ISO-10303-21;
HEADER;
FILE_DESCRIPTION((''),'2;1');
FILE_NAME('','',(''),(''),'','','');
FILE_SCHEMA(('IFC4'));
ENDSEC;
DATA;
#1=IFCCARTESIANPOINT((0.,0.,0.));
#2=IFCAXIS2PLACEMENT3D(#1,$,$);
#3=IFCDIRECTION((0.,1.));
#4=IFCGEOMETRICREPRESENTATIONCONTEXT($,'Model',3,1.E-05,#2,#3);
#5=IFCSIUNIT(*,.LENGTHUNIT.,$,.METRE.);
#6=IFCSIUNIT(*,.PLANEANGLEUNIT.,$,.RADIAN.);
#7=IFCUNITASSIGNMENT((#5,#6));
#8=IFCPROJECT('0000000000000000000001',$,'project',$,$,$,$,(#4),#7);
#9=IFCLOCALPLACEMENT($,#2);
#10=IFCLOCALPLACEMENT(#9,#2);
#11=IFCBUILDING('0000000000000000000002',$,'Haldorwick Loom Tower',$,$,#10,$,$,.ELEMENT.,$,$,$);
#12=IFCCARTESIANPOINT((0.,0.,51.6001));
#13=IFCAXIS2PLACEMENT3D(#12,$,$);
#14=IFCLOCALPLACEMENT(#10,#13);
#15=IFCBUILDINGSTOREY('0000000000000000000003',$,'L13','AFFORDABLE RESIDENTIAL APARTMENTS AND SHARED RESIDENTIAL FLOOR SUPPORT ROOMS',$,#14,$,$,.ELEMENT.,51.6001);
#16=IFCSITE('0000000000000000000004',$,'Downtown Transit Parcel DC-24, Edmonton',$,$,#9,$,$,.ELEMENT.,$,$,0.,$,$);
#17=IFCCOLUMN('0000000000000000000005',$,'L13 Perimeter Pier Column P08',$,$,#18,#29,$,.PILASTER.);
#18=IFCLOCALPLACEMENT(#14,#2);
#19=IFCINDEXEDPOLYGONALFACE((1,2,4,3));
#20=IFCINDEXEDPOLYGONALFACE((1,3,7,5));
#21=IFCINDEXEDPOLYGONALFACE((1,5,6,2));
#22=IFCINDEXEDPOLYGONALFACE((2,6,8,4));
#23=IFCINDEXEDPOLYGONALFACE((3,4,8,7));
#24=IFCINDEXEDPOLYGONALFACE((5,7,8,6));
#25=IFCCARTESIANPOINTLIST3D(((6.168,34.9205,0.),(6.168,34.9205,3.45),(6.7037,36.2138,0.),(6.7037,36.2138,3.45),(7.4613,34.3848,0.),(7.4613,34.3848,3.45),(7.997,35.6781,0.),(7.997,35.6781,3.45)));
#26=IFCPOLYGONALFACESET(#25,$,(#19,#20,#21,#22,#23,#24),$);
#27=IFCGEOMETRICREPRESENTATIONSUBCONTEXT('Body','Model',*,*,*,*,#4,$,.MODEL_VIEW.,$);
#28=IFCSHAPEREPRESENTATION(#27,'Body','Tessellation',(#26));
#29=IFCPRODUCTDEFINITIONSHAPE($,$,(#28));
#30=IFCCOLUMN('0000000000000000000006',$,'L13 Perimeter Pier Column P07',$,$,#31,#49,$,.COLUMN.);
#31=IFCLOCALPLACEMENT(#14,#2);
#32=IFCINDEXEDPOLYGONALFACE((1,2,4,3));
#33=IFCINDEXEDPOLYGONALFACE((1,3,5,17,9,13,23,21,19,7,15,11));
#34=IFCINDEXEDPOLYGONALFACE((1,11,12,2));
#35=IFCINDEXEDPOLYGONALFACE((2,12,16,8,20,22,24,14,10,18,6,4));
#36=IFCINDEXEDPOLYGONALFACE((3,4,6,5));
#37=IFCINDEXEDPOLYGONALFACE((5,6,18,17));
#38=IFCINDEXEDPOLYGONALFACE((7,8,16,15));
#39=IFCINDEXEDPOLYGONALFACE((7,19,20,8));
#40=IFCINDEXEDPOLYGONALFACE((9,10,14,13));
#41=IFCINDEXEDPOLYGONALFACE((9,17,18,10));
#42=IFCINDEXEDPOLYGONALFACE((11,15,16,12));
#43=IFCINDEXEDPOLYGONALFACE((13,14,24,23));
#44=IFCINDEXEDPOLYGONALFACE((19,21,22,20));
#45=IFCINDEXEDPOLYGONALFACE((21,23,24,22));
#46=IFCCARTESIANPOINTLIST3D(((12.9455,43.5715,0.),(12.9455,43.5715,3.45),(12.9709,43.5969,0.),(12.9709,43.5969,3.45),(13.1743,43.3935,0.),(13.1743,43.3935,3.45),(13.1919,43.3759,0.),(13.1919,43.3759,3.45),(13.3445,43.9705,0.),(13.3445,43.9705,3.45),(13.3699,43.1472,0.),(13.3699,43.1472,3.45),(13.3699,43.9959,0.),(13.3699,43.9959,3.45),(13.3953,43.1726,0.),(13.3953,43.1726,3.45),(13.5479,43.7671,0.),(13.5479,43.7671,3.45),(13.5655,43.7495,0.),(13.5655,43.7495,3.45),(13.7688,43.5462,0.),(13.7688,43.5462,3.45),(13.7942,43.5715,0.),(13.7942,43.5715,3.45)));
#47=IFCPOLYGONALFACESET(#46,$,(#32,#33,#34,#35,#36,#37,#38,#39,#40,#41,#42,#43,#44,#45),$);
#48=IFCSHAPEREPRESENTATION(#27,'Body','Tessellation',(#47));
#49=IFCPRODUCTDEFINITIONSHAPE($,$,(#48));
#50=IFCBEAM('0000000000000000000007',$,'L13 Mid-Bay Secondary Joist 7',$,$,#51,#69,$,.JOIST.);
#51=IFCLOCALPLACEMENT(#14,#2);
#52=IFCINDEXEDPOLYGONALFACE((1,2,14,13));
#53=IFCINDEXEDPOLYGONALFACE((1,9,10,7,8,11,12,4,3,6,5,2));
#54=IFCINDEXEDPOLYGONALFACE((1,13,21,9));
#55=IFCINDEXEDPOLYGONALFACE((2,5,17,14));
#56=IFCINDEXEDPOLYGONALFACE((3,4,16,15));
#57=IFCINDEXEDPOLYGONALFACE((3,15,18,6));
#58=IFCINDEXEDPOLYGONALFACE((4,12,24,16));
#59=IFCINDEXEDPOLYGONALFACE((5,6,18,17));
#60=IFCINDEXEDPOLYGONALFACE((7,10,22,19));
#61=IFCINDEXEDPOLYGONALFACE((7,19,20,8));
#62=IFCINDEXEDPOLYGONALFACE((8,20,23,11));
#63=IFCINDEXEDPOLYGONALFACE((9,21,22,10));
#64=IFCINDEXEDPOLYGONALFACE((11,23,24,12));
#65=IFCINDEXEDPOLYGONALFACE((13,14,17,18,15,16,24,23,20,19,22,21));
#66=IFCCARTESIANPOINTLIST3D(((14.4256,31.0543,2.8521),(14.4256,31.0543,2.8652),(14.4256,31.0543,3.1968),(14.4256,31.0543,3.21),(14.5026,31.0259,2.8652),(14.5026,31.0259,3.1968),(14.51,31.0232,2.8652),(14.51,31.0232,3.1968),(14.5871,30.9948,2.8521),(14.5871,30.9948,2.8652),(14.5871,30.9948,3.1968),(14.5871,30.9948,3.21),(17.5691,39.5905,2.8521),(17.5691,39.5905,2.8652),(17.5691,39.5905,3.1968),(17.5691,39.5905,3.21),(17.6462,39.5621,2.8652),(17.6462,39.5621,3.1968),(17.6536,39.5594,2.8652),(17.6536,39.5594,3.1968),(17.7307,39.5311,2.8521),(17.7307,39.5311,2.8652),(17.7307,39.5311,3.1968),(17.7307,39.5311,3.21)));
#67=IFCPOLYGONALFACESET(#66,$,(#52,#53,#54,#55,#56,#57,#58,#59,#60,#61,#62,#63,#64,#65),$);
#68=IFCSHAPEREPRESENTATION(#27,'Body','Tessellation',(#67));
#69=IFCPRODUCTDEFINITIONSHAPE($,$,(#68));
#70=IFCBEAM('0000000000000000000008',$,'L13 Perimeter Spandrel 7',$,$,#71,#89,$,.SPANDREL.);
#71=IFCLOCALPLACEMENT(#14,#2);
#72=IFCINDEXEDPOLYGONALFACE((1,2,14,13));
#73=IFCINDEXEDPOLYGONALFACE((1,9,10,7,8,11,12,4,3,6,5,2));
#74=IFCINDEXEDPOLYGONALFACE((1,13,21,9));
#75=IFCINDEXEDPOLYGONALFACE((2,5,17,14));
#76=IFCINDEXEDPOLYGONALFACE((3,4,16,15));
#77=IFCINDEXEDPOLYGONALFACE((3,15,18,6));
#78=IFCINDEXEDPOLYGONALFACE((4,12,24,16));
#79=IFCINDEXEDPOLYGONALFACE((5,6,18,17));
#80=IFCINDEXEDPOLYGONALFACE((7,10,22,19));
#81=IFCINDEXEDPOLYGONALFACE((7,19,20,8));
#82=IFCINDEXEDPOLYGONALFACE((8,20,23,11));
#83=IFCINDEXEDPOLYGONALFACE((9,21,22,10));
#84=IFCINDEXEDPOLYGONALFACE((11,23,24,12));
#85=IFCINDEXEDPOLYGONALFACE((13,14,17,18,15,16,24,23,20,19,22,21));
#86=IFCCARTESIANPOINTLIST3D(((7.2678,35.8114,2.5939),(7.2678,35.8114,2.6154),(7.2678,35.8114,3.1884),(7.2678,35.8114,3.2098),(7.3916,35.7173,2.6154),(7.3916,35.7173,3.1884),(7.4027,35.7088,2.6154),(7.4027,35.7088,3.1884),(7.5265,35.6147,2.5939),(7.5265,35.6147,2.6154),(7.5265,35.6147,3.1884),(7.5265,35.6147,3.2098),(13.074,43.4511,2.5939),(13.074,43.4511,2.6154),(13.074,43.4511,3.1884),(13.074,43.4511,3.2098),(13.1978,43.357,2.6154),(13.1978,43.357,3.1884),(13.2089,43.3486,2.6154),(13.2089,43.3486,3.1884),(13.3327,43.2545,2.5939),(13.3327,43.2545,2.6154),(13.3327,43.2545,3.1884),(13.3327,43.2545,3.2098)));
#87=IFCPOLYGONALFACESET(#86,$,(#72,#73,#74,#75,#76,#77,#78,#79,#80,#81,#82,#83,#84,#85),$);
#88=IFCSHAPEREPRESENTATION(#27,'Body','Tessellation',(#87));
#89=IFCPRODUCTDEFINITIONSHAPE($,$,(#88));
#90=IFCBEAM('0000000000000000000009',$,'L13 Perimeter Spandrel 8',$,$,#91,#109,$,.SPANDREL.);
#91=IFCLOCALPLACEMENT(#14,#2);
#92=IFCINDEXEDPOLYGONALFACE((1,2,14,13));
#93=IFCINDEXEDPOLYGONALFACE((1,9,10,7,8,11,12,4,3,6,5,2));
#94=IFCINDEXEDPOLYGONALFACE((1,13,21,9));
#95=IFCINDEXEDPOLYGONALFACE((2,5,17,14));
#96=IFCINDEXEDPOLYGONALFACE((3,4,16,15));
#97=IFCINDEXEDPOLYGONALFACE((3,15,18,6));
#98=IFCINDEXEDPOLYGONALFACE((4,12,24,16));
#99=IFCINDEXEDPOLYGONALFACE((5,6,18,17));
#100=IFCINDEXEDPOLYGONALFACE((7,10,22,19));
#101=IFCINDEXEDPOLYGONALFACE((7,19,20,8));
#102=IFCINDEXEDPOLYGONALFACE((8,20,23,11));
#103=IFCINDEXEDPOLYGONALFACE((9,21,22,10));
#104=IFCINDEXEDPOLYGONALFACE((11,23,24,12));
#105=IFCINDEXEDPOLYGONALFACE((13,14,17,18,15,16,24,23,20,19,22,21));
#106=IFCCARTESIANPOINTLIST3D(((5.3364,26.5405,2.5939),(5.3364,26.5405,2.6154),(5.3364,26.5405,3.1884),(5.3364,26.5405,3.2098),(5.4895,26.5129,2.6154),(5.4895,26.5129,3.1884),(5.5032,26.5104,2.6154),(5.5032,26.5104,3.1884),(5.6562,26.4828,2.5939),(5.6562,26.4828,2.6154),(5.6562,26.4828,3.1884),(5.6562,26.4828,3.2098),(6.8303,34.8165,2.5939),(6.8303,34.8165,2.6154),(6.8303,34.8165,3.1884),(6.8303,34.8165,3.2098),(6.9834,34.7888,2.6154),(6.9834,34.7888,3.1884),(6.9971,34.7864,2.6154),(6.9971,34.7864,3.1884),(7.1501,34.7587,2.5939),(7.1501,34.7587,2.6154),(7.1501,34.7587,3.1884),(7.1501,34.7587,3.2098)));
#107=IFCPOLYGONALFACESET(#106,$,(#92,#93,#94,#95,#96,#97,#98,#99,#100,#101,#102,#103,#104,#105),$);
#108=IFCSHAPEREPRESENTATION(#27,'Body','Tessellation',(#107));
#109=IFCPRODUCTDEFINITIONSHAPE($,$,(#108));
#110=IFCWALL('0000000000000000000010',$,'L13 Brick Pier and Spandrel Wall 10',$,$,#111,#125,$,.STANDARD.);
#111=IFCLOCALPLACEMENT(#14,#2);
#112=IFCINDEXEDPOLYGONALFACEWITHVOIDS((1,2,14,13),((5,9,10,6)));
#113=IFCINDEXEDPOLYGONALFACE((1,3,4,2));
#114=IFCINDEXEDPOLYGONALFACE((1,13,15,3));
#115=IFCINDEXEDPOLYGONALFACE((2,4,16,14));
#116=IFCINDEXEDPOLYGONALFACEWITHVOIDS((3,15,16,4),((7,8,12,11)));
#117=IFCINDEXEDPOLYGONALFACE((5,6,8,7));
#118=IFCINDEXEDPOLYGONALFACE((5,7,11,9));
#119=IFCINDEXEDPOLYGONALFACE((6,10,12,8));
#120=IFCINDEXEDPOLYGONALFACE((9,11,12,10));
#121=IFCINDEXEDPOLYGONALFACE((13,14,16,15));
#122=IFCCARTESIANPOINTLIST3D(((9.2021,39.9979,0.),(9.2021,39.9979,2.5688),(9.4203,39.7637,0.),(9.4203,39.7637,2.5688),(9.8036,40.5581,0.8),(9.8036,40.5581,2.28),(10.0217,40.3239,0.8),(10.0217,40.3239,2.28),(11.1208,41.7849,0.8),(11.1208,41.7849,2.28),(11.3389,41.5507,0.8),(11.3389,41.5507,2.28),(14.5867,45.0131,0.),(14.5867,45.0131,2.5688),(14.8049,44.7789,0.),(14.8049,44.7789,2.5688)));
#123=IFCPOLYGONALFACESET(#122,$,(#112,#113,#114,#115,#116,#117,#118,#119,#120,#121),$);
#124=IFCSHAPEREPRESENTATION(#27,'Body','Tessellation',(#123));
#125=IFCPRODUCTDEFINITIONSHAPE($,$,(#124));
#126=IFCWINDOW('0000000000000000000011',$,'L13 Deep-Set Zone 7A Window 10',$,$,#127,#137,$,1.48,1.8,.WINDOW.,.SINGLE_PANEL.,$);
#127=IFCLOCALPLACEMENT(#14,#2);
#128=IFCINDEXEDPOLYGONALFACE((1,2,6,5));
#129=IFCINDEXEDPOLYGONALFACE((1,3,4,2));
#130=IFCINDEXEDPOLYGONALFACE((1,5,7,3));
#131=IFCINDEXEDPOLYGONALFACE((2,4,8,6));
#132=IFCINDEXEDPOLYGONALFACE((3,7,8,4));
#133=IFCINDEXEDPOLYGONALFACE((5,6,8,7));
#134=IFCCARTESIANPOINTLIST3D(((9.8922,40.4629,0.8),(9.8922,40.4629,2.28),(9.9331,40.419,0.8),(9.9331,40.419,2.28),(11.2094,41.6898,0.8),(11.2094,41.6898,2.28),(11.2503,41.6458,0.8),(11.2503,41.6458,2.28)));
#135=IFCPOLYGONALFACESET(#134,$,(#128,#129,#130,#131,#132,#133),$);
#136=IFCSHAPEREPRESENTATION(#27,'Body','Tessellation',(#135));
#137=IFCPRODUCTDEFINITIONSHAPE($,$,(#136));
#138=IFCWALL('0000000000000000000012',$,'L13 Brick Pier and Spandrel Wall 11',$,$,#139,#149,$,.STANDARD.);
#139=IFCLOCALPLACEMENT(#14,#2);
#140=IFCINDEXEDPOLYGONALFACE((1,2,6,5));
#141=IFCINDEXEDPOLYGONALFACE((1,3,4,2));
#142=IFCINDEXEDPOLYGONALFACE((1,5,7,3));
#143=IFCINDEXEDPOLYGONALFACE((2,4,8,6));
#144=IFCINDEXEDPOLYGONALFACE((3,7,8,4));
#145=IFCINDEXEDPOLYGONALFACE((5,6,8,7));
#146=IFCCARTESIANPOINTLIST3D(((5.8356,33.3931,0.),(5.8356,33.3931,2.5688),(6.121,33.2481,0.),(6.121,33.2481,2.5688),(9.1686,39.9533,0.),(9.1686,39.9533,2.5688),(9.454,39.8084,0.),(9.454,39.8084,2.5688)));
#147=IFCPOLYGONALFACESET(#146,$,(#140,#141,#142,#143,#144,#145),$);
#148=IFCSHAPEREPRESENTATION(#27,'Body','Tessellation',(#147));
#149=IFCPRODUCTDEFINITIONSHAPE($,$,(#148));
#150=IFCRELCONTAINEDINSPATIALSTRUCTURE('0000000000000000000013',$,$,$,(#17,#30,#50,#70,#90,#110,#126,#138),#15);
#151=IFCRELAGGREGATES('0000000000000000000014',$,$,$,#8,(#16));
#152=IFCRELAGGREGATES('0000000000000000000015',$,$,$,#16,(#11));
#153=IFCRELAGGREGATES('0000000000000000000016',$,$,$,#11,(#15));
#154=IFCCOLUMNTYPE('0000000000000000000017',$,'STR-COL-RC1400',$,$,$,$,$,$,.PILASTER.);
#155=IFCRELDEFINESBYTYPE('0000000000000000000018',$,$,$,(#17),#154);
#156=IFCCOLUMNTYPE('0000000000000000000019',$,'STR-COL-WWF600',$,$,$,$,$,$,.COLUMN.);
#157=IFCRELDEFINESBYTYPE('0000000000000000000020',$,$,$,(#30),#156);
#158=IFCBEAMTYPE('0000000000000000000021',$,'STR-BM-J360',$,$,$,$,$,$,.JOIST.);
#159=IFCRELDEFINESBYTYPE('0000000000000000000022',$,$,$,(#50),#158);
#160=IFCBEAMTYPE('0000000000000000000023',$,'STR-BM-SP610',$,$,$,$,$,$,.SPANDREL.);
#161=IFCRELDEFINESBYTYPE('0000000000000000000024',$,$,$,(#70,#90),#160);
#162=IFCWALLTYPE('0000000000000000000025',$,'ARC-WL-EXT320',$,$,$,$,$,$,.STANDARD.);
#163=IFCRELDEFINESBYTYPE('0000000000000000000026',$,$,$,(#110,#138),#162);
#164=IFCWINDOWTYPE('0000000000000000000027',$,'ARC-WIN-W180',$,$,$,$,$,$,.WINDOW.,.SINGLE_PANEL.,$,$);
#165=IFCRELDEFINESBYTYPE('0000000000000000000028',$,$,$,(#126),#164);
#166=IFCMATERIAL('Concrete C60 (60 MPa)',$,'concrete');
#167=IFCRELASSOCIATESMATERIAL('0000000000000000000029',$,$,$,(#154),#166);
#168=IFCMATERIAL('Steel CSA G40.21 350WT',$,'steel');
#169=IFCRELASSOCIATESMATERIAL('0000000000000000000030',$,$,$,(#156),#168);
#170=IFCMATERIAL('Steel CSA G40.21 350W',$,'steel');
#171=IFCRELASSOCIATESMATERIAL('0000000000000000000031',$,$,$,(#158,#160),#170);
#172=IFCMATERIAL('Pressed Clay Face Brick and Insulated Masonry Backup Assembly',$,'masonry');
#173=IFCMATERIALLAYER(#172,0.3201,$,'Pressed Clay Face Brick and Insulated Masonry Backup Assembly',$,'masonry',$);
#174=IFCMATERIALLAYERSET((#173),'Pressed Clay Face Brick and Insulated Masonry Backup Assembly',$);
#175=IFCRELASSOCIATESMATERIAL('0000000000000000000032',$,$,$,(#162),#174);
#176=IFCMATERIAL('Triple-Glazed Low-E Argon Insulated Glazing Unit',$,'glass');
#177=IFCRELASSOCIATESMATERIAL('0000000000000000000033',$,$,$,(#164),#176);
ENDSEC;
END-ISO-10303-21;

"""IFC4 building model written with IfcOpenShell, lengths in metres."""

from ifc_helpers import new_model, si_unit, direction, frame, frame_2d, origin, origin_2d, place, context, subcontext, project, spatial, rectangle, i_section, extrude, material, layer, layer_set, material_profile, profile_set, type_object, element, fill, save


model = new_model("IFC4")

# Units and contexts
model_context = context("Model", 3, precision=1e-05, world=origin(), true_north=direction((0.0, 1.0)))
body_context = subcontext(model_context, "Body", "Model", "MODEL_VIEW")
ifc_project = project(units=[si_unit("LENGTHUNIT", "METRE"), si_unit("PLANEANGLEUNIT", "RADIAN")], contexts=[model_context])

# Site, building, storey
site_placement = place(None, origin())
site = spatial("IfcSite", under=ifc_project, at=site_placement, Name="Downtown Transit Parcel DC-24, Edmonton", CompositionType="ELEMENT", RefElevation=0.0)
building_placement = place(site_placement, origin())
building = spatial("IfcBuilding", under=site, at=building_placement, Name="Haldorwick Loom Tower", CompositionType="ELEMENT")
storey_placement = place(building_placement, frame((0.0, 0.0, 51.6001)))
storey = spatial("IfcBuildingStorey", under=building, at=storey_placement, Name="L13", Description="AFFORDABLE RESIDENTIAL APARTMENTS AND SHARED RESIDENTIAL FLOOR SUPPORT ROOMS", CompositionType="ELEMENT", Elevation=51.6001)

# Columns
ifc_material_1 = material(Name="Concrete C60 (60 MPa)", Category="concrete")
ifc_material_profile_1 = material_profile(ifc_material_1, rectangle(XDim=1.3999, YDim=1.3999, at=origin_2d()), Name="RC1400X1400", Category="concrete")
ifc_profile_set_1 = profile_set([ifc_material_profile_1], Name="Concrete C60 (60 MPa)")
column_type_1 = type_object("IfcColumnType", Name="STR-COL-RC1400", PredefinedType="PILASTER", material=ifc_profile_set_1)
column_1_placement = place(storey_placement, frame((7.0825, 35.2993, 0.0), z_axis=(0.0, 0.0, 1.0), x_axis=(-0.92388, 0.382683, 0.0)))
element("IfcColumn", 1, at=column_1_placement, inside=storey, type_object=column_type_1, Name="L13 Perimeter Pier Column P08", PredefinedType="PILASTER", context=body_context, shape_type="SweptSolid", body=[
    extrude(rectangle(XDim=1.3999, YDim=1.3999, at=origin_2d()), origin(), (0.0, 0.0, 1.0), 3.45),
])
ifc_material_2 = material(Name="Steel CSA G40.21 350WT", Category="steel")
ifc_material_profile_2 = material_profile(ifc_material_2, i_section(OverallWidth=0.6001, OverallDepth=0.6001, WebThickness=0.0249, FlangeThickness=0.0359, at=origin_2d()), Name="WWF600X600", Category="steel")
ifc_profile_set_2 = profile_set([ifc_material_profile_2], Name="Steel CSA G40.21 350WT")
column_type_2 = type_object("IfcColumnType", Name="STR-COL-WWF600", PredefinedType="COLUMN", material=ifc_profile_set_2)
column_2_placement = place(storey_placement, frame((13.3699, 43.5715, 0.0), z_axis=(0.0, 0.0, 1.0), x_axis=(-0.707107, 0.707107, 0.0)))
element("IfcColumn", 2, at=column_2_placement, inside=storey, type_object=column_type_2, Name="L13 Perimeter Pier Column P07", PredefinedType="COLUMN", context=body_context, shape_type="SweptSolid", body=[
    extrude(i_section(OverallWidth=0.6001, OverallDepth=0.6001, WebThickness=0.0249, FlangeThickness=0.0359, at=origin_2d()), origin(), (0.0, 0.0, 1.0), 3.45),
])

# Beams
ifc_material_3 = material(Name="Steel CSA G40.21 350W", Category="steel")
ifc_material_profile_3 = material_profile(ifc_material_3, i_section(OverallWidth=0.1721, OverallDepth=0.3579, WebThickness=0.0078, FlangeThickness=0.0132, at=origin_2d()), Name="W360X57", Category="steel")
ifc_profile_set_3 = profile_set([ifc_material_profile_3], Name="Steel CSA G40.21 350W")
beam_type_1 = type_object("IfcBeamType", Name="STR-BM-J360", PredefinedType="JOIST", material=ifc_profile_set_3)
beam_1_placement = place(storey_placement, frame((17.6499, 39.5608, 3.031), z_axis=(-0.345576, -0.938391, 0.0), x_axis=(0.938391, -0.345576, 0.0)))
element("IfcBeam", 3, at=beam_1_placement, inside=storey, type_object=beam_type_1, Name="L13 Mid-Bay Secondary Joist 7", PredefinedType="JOIST", context=body_context, shape_type="SweptSolid", body=[
    extrude(i_section(OverallWidth=0.1721, OverallDepth=0.3579, WebThickness=0.0078, FlangeThickness=0.0132, at=origin_2d()), origin(), (0.0, 0.0, 1.0), 9.0967),
])
ifc_material_profile_4 = material_profile(ifc_material_3, i_section(OverallWidth=0.325, OverallDepth=0.616, WebThickness=0.0139, FlangeThickness=0.0215, at=origin_2d()), Name="W610X174", Category="steel")
ifc_profile_set_4 = profile_set([ifc_material_profile_4], Name="Steel CSA G40.21 350W")
beam_type_2 = type_object("IfcBeamType", Name="STR-BM-SP610", PredefinedType="SPANDREL", material=ifc_profile_set_4)
beam_2_placement = place(storey_placement, frame((13.2034, 43.3528, 2.9019), z_axis=(-0.605085, -0.796161, 0.0), x_axis=(0.796161, -0.605085, 0.0)))
element("IfcBeam", 4, at=beam_2_placement, inside=storey, type_object=beam_type_2, Name="L13 Perimeter Spandrel 7", PredefinedType="SPANDREL", context=body_context, shape_type="SweptSolid", body=[
    extrude(i_section(OverallWidth=0.325, OverallDepth=0.616, WebThickness=0.0139, FlangeThickness=0.0215, at=origin_2d()), origin(), (0.0, 0.0, 1.0), 9.5957),
])
beam_3_placement = place(storey_placement, frame((6.9902, 34.7876, 2.9019), z_axis=(-0.177641, -0.984095, 0.0), x_axis=(0.984095, -0.177641, 0.0)))
element("IfcBeam", 5, at=beam_3_placement, inside=storey, type_object=beam_type_2, Name="L13 Perimeter Spandrel 8", PredefinedType="SPANDREL", context=body_context, shape_type="SweptSolid", body=[
    extrude(i_section(OverallWidth=0.325, OverallDepth=0.616, WebThickness=0.0139, FlangeThickness=0.0215, at=origin_2d()), origin(), (0.0, 0.0, 1.0), 8.4097),
])

# Wall, opening, window
ifc_material_4 = material(Name="Pressed Clay Face Brick and Insulated Masonry Backup Assembly", Category="masonry")
ifc_layer_1 = layer(ifc_material_4, 0.3201, Name="Pressed Clay Face Brick and Insulated Masonry Backup Assembly", Category="masonry")
ifc_layer_set_1 = layer_set([ifc_layer_1], Name="Pressed Clay Face Brick and Insulated Masonry Backup Assembly")
wall_type_1 = type_object("IfcWallType", Name="ARC-WL-EXT320", PredefinedType="STANDARD", material=ifc_layer_set_1)
wall_1_placement = place(storey_placement, frame((14.6958, 44.896, 0.0), z_axis=(0.0, 0.0, 1.0), x_axis=(-0.731761, -0.681561, 0.0)))
wall_1 = element("IfcWall", 6, at=wall_1_placement, inside=storey, type_object=wall_type_1, Name="L13 Brick Pier and Spandrel Wall 10", PredefinedType="STANDARD", context=body_context, shape_type="SweptSolid", body=[
    extrude(rectangle(XDim=7.3584, YDim=0.3201, at=frame_2d((3.6792, 0.0))), origin(), (0.0, 0.0, 1.0), 2.5688),
])
opening_1_placement = place(wall_1_placement, frame((4.7366, 0.0, 0.8)))
opening_1 = element("IfcOpeningElement", 7, at=opening_1_placement, cuts=wall_1, PredefinedType="OPENING", context=body_context, shape_type="SweptSolid", body=[
    extrude(rectangle(XDim=1.8, YDim=1.48, at=frame_2d((0.8999, 0.74))), frame((0.0, 0.1699, 0.0), z_axis=(0.0, -1.0, 0.0), x_axis=(1.0, 0.0, 0.0)), (0.0, 0.0, 1.0), 0.3401),
])
ifc_material_5 = material(Name="Triple-Glazed Low-E Argon Insulated Glazing Unit", Category="glass")
window_type = type_object("IfcWindowType", Name="ARC-WIN-W180", PartitioningType="SINGLE_PANEL", PredefinedType="WINDOW", material=ifc_material_5)
window_1_placement = place(opening_1_placement, origin())
window_1 = element("IfcWindow", 8, at=window_1_placement, inside=storey, type_object=window_type, Name="L13 Deep-Set Zone 7A Window 10", OverallHeight=1.48, OverallWidth=1.8, PartitioningType="SINGLE_PANEL", PredefinedType="WINDOW", context=body_context, shape_type="SweptSolid", body=[
    extrude(rectangle(XDim=1.8, YDim=1.48, at=frame_2d((0.8999, 0.74))), frame((0.0, 0.03, 0.0), z_axis=(0.0, -1.0, 0.0), x_axis=(1.0, 0.0, 0.0)), (0.0, 0.0, 1.0), 0.0601),
])
fill(opening_1, window_1)

# Wall
wall_2_placement = place(storey_placement, frame((9.3113, 39.8809, 0.0), z_axis=(0.0, 0.0, 1.0), x_axis=(-0.452951, -0.891535, 0.0)))
element("IfcWall", 9, at=wall_2_placement, inside=storey, type_object=wall_type_1, Name="L13 Brick Pier and Spandrel Wall 11", PredefinedType="STANDARD", context=body_context, shape_type="SweptSolid", body=[
    extrude(rectangle(XDim=7.3584, YDim=0.3201, at=frame_2d((3.6792, 0.0))), origin(), (0.0, 0.0, 1.0), 2.5688),
])

save(model, "model.ifc")
